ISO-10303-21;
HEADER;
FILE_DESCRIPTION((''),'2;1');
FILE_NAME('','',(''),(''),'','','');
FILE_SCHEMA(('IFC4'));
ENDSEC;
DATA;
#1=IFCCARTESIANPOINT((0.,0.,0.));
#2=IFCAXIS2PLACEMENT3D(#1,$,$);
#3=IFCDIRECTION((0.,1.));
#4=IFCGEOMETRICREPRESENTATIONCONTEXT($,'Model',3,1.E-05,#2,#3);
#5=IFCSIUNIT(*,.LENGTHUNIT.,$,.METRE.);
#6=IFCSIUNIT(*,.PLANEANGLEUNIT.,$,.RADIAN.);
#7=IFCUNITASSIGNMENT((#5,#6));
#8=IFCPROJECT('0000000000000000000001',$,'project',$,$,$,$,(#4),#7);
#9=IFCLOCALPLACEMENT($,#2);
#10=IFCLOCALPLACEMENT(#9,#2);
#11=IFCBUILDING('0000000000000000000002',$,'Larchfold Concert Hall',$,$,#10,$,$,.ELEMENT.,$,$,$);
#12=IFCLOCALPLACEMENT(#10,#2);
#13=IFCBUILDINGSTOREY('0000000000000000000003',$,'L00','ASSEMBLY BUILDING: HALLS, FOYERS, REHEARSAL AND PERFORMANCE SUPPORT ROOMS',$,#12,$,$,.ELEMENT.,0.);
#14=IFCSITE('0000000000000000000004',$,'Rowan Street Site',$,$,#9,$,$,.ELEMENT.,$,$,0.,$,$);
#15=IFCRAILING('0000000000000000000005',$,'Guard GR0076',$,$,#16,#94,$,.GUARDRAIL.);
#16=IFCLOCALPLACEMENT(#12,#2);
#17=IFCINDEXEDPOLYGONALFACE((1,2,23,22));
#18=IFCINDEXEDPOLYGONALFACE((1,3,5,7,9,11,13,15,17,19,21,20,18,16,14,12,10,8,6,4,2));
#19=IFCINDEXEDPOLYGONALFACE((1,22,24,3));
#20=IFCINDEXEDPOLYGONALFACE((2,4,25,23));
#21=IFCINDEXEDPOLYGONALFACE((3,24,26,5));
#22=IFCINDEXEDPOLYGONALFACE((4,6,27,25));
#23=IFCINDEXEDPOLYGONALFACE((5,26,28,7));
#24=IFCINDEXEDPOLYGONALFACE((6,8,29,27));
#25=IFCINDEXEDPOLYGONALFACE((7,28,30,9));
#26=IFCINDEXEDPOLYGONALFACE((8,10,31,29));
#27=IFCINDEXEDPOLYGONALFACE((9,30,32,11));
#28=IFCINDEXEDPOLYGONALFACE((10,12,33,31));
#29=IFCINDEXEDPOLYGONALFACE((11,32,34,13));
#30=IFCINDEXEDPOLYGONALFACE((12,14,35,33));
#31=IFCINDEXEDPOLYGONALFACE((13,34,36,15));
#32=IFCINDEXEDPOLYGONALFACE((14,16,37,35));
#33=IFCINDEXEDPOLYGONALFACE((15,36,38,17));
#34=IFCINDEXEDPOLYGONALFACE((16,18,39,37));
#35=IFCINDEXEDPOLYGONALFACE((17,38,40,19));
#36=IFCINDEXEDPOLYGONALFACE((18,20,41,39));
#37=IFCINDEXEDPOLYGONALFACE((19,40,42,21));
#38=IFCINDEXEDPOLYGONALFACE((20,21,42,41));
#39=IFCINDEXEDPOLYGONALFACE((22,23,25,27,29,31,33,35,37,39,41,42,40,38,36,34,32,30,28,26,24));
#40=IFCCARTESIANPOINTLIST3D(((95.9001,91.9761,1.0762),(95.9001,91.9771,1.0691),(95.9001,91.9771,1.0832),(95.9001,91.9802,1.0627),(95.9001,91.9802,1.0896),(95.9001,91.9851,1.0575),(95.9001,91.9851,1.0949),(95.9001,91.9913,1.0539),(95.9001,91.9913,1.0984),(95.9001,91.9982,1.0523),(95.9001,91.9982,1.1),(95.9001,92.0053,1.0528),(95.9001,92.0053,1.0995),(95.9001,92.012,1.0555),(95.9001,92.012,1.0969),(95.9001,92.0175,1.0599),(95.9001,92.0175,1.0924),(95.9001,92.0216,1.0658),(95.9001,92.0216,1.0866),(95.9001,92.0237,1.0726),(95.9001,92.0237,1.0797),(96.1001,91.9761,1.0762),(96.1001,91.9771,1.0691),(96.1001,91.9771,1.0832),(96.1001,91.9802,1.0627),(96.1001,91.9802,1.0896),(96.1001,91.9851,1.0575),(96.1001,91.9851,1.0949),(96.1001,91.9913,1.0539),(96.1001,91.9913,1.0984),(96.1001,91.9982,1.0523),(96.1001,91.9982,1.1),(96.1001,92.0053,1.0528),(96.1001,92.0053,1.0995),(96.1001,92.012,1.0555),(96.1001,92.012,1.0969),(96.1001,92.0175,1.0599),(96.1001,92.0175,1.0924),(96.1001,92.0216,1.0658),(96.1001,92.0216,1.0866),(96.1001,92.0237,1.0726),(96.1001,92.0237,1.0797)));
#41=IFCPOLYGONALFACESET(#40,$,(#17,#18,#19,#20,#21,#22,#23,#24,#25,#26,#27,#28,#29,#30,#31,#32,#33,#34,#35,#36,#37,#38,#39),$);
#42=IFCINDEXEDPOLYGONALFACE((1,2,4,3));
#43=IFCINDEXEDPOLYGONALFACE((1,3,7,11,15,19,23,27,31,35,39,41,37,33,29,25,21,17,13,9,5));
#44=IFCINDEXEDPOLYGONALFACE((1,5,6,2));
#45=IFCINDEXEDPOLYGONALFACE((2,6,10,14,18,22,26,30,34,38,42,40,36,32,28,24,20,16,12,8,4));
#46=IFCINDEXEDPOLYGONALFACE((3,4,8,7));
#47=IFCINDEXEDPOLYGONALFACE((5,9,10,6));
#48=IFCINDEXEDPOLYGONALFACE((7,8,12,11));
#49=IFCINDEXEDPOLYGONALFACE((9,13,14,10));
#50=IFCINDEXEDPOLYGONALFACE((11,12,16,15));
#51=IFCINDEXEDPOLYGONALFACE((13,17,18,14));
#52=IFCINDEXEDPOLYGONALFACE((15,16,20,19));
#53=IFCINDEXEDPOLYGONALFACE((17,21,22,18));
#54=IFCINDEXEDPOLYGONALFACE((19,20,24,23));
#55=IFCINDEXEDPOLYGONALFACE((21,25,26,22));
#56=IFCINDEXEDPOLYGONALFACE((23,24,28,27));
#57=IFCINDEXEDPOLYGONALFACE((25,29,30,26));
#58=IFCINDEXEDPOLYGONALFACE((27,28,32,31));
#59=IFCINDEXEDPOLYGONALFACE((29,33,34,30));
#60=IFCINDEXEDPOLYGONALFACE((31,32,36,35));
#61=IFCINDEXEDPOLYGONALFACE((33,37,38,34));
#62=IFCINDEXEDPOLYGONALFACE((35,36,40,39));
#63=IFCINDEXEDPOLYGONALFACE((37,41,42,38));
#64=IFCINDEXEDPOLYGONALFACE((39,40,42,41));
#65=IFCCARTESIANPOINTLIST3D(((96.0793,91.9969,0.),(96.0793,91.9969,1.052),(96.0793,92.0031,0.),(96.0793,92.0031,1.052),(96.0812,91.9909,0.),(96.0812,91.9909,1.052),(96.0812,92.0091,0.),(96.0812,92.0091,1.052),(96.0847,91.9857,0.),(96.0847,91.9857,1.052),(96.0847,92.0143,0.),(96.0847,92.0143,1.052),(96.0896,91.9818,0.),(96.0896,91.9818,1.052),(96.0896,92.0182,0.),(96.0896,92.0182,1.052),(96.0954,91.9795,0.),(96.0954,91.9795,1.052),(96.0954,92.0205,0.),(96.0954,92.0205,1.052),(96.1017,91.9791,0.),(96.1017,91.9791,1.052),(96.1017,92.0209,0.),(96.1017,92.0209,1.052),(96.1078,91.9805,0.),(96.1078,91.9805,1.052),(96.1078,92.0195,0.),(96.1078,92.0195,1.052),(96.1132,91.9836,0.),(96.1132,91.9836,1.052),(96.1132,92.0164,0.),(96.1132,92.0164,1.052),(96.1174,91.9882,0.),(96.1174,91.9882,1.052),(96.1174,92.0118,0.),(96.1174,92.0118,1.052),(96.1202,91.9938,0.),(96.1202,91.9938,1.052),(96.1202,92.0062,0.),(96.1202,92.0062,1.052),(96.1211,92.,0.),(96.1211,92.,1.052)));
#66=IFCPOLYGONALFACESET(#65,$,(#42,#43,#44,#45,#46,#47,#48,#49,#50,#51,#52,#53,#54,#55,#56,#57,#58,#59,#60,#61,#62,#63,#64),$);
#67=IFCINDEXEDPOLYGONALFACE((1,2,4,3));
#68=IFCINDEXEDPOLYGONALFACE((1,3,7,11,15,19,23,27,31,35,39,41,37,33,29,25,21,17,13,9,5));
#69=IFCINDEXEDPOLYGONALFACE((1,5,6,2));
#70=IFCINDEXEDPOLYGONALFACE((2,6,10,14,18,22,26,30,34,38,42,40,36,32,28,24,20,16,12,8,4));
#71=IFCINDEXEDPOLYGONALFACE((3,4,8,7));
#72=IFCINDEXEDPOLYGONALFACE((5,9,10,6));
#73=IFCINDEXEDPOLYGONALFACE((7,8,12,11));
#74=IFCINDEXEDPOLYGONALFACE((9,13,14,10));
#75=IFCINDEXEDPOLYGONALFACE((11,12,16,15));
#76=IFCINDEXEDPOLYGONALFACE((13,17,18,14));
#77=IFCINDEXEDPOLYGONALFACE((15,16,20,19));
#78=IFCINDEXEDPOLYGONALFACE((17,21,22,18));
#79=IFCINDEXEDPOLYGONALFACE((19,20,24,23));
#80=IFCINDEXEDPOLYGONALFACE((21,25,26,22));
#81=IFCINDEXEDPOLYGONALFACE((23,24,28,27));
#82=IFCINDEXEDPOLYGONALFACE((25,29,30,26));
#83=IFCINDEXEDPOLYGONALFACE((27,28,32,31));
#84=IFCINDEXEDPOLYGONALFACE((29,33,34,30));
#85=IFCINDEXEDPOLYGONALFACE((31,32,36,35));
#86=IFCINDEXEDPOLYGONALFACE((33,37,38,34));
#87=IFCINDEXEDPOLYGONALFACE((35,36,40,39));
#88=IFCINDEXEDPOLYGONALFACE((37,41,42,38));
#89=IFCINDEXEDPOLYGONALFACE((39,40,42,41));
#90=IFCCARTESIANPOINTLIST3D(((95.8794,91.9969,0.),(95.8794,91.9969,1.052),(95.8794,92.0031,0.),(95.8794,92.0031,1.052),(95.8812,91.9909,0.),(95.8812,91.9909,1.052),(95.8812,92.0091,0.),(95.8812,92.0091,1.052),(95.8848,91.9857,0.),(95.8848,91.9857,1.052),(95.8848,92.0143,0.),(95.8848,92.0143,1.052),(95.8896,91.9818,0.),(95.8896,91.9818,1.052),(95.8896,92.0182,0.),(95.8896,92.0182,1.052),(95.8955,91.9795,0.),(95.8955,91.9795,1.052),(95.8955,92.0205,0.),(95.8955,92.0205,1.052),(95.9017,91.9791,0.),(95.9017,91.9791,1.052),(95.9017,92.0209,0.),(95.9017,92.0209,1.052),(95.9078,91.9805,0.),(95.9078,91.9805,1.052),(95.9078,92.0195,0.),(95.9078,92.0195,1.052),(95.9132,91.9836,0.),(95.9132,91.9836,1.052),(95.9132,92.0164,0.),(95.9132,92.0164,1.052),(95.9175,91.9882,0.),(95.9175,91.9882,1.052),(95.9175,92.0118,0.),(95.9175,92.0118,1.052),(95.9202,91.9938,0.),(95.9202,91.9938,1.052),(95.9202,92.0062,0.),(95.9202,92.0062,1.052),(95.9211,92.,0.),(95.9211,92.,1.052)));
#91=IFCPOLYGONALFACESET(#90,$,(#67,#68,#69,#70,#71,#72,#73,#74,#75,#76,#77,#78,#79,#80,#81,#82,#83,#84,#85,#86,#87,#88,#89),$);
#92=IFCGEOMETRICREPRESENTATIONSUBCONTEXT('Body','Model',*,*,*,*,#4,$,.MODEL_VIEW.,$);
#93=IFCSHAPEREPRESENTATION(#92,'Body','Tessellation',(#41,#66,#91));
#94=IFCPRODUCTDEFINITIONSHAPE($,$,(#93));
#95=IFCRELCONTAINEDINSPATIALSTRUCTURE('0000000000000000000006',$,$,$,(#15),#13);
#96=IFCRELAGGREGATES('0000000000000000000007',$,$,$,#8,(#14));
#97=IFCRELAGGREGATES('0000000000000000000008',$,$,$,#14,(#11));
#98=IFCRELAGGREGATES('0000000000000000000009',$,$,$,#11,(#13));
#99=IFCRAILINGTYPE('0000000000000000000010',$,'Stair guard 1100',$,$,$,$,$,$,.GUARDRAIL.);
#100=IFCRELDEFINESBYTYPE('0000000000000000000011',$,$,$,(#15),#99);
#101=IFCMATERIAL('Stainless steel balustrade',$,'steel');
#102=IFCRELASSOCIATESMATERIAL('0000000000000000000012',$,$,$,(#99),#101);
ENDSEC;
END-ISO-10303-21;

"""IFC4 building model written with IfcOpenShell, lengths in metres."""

from ifc_helpers import new_model, si_unit, direction, frame, origin, origin_2d, place, context, subcontext, project, spatial, circle, extrude, material, type_object, element, save


model = new_model("IFC4")

# Units and contexts
model_context = context("Model", 3, precision=1e-05, world=origin(), true_north=direction((0.0, 1.0)))
body_context = subcontext(model_context, "Body", "Model", "MODEL_VIEW")
ifc_project = project(units=[si_unit("LENGTHUNIT", "METRE"), si_unit("PLANEANGLEUNIT", "RADIAN")], contexts=[model_context])

# Site, building, storey
site_placement = place(None, origin())
site = spatial("IfcSite", under=ifc_project, at=site_placement, Name="Rowan Street Site", CompositionType="ELEMENT", RefElevation=0.0)
building_placement = place(site_placement, origin())
building = spatial("IfcBuilding", under=site, at=building_placement, Name="Larchfold Concert Hall", CompositionType="ELEMENT")
storey_placement = place(building_placement, origin())
storey = spatial("IfcBuildingStorey", under=building, at=storey_placement, Name="L00", Description="ASSEMBLY BUILDING: HALLS, FOYERS, REHEARSAL AND PERFORMANCE SUPPORT ROOMS", CompositionType="ELEMENT", Elevation=0.0)

# Railing
ifc_material_1 = material(Name="Stainless steel balustrade", Category="steel")
railing_type_1 = type_object("IfcRailingType", Name="Stair guard 1100", PredefinedType="GUARDRAIL", material=ifc_material_1)
railing_1_placement = place(storey_placement, frame((96.1001, 92.0, 0.0)))
element("IfcRailing", 1, at=railing_1_placement, inside=storey, type_object=railing_type_1, Name="Guard GR0076", PredefinedType="GUARDRAIL", context=body_context, shape_type="SweptSolid", body=[
    extrude(circle(Radius=0.0239, at=origin_2d()), frame((0.0, 0.0, 1.0762), z_axis=(-1.0, 0.0, 0.0), x_axis=(0.0, -1.0, 0.0)), (0.0, 0.0, 1.0), 0.2),
    extrude(circle(Radius=0.021, at=origin_2d()), origin(), (0.0, 0.0, 1.0), 1.052),
    extrude(circle(Radius=0.021, at=origin_2d()), frame((-0.2, 0.0, 0.0)), (0.0, 0.0, 1.0), 1.052),
])

save(model, "model.ifc")
